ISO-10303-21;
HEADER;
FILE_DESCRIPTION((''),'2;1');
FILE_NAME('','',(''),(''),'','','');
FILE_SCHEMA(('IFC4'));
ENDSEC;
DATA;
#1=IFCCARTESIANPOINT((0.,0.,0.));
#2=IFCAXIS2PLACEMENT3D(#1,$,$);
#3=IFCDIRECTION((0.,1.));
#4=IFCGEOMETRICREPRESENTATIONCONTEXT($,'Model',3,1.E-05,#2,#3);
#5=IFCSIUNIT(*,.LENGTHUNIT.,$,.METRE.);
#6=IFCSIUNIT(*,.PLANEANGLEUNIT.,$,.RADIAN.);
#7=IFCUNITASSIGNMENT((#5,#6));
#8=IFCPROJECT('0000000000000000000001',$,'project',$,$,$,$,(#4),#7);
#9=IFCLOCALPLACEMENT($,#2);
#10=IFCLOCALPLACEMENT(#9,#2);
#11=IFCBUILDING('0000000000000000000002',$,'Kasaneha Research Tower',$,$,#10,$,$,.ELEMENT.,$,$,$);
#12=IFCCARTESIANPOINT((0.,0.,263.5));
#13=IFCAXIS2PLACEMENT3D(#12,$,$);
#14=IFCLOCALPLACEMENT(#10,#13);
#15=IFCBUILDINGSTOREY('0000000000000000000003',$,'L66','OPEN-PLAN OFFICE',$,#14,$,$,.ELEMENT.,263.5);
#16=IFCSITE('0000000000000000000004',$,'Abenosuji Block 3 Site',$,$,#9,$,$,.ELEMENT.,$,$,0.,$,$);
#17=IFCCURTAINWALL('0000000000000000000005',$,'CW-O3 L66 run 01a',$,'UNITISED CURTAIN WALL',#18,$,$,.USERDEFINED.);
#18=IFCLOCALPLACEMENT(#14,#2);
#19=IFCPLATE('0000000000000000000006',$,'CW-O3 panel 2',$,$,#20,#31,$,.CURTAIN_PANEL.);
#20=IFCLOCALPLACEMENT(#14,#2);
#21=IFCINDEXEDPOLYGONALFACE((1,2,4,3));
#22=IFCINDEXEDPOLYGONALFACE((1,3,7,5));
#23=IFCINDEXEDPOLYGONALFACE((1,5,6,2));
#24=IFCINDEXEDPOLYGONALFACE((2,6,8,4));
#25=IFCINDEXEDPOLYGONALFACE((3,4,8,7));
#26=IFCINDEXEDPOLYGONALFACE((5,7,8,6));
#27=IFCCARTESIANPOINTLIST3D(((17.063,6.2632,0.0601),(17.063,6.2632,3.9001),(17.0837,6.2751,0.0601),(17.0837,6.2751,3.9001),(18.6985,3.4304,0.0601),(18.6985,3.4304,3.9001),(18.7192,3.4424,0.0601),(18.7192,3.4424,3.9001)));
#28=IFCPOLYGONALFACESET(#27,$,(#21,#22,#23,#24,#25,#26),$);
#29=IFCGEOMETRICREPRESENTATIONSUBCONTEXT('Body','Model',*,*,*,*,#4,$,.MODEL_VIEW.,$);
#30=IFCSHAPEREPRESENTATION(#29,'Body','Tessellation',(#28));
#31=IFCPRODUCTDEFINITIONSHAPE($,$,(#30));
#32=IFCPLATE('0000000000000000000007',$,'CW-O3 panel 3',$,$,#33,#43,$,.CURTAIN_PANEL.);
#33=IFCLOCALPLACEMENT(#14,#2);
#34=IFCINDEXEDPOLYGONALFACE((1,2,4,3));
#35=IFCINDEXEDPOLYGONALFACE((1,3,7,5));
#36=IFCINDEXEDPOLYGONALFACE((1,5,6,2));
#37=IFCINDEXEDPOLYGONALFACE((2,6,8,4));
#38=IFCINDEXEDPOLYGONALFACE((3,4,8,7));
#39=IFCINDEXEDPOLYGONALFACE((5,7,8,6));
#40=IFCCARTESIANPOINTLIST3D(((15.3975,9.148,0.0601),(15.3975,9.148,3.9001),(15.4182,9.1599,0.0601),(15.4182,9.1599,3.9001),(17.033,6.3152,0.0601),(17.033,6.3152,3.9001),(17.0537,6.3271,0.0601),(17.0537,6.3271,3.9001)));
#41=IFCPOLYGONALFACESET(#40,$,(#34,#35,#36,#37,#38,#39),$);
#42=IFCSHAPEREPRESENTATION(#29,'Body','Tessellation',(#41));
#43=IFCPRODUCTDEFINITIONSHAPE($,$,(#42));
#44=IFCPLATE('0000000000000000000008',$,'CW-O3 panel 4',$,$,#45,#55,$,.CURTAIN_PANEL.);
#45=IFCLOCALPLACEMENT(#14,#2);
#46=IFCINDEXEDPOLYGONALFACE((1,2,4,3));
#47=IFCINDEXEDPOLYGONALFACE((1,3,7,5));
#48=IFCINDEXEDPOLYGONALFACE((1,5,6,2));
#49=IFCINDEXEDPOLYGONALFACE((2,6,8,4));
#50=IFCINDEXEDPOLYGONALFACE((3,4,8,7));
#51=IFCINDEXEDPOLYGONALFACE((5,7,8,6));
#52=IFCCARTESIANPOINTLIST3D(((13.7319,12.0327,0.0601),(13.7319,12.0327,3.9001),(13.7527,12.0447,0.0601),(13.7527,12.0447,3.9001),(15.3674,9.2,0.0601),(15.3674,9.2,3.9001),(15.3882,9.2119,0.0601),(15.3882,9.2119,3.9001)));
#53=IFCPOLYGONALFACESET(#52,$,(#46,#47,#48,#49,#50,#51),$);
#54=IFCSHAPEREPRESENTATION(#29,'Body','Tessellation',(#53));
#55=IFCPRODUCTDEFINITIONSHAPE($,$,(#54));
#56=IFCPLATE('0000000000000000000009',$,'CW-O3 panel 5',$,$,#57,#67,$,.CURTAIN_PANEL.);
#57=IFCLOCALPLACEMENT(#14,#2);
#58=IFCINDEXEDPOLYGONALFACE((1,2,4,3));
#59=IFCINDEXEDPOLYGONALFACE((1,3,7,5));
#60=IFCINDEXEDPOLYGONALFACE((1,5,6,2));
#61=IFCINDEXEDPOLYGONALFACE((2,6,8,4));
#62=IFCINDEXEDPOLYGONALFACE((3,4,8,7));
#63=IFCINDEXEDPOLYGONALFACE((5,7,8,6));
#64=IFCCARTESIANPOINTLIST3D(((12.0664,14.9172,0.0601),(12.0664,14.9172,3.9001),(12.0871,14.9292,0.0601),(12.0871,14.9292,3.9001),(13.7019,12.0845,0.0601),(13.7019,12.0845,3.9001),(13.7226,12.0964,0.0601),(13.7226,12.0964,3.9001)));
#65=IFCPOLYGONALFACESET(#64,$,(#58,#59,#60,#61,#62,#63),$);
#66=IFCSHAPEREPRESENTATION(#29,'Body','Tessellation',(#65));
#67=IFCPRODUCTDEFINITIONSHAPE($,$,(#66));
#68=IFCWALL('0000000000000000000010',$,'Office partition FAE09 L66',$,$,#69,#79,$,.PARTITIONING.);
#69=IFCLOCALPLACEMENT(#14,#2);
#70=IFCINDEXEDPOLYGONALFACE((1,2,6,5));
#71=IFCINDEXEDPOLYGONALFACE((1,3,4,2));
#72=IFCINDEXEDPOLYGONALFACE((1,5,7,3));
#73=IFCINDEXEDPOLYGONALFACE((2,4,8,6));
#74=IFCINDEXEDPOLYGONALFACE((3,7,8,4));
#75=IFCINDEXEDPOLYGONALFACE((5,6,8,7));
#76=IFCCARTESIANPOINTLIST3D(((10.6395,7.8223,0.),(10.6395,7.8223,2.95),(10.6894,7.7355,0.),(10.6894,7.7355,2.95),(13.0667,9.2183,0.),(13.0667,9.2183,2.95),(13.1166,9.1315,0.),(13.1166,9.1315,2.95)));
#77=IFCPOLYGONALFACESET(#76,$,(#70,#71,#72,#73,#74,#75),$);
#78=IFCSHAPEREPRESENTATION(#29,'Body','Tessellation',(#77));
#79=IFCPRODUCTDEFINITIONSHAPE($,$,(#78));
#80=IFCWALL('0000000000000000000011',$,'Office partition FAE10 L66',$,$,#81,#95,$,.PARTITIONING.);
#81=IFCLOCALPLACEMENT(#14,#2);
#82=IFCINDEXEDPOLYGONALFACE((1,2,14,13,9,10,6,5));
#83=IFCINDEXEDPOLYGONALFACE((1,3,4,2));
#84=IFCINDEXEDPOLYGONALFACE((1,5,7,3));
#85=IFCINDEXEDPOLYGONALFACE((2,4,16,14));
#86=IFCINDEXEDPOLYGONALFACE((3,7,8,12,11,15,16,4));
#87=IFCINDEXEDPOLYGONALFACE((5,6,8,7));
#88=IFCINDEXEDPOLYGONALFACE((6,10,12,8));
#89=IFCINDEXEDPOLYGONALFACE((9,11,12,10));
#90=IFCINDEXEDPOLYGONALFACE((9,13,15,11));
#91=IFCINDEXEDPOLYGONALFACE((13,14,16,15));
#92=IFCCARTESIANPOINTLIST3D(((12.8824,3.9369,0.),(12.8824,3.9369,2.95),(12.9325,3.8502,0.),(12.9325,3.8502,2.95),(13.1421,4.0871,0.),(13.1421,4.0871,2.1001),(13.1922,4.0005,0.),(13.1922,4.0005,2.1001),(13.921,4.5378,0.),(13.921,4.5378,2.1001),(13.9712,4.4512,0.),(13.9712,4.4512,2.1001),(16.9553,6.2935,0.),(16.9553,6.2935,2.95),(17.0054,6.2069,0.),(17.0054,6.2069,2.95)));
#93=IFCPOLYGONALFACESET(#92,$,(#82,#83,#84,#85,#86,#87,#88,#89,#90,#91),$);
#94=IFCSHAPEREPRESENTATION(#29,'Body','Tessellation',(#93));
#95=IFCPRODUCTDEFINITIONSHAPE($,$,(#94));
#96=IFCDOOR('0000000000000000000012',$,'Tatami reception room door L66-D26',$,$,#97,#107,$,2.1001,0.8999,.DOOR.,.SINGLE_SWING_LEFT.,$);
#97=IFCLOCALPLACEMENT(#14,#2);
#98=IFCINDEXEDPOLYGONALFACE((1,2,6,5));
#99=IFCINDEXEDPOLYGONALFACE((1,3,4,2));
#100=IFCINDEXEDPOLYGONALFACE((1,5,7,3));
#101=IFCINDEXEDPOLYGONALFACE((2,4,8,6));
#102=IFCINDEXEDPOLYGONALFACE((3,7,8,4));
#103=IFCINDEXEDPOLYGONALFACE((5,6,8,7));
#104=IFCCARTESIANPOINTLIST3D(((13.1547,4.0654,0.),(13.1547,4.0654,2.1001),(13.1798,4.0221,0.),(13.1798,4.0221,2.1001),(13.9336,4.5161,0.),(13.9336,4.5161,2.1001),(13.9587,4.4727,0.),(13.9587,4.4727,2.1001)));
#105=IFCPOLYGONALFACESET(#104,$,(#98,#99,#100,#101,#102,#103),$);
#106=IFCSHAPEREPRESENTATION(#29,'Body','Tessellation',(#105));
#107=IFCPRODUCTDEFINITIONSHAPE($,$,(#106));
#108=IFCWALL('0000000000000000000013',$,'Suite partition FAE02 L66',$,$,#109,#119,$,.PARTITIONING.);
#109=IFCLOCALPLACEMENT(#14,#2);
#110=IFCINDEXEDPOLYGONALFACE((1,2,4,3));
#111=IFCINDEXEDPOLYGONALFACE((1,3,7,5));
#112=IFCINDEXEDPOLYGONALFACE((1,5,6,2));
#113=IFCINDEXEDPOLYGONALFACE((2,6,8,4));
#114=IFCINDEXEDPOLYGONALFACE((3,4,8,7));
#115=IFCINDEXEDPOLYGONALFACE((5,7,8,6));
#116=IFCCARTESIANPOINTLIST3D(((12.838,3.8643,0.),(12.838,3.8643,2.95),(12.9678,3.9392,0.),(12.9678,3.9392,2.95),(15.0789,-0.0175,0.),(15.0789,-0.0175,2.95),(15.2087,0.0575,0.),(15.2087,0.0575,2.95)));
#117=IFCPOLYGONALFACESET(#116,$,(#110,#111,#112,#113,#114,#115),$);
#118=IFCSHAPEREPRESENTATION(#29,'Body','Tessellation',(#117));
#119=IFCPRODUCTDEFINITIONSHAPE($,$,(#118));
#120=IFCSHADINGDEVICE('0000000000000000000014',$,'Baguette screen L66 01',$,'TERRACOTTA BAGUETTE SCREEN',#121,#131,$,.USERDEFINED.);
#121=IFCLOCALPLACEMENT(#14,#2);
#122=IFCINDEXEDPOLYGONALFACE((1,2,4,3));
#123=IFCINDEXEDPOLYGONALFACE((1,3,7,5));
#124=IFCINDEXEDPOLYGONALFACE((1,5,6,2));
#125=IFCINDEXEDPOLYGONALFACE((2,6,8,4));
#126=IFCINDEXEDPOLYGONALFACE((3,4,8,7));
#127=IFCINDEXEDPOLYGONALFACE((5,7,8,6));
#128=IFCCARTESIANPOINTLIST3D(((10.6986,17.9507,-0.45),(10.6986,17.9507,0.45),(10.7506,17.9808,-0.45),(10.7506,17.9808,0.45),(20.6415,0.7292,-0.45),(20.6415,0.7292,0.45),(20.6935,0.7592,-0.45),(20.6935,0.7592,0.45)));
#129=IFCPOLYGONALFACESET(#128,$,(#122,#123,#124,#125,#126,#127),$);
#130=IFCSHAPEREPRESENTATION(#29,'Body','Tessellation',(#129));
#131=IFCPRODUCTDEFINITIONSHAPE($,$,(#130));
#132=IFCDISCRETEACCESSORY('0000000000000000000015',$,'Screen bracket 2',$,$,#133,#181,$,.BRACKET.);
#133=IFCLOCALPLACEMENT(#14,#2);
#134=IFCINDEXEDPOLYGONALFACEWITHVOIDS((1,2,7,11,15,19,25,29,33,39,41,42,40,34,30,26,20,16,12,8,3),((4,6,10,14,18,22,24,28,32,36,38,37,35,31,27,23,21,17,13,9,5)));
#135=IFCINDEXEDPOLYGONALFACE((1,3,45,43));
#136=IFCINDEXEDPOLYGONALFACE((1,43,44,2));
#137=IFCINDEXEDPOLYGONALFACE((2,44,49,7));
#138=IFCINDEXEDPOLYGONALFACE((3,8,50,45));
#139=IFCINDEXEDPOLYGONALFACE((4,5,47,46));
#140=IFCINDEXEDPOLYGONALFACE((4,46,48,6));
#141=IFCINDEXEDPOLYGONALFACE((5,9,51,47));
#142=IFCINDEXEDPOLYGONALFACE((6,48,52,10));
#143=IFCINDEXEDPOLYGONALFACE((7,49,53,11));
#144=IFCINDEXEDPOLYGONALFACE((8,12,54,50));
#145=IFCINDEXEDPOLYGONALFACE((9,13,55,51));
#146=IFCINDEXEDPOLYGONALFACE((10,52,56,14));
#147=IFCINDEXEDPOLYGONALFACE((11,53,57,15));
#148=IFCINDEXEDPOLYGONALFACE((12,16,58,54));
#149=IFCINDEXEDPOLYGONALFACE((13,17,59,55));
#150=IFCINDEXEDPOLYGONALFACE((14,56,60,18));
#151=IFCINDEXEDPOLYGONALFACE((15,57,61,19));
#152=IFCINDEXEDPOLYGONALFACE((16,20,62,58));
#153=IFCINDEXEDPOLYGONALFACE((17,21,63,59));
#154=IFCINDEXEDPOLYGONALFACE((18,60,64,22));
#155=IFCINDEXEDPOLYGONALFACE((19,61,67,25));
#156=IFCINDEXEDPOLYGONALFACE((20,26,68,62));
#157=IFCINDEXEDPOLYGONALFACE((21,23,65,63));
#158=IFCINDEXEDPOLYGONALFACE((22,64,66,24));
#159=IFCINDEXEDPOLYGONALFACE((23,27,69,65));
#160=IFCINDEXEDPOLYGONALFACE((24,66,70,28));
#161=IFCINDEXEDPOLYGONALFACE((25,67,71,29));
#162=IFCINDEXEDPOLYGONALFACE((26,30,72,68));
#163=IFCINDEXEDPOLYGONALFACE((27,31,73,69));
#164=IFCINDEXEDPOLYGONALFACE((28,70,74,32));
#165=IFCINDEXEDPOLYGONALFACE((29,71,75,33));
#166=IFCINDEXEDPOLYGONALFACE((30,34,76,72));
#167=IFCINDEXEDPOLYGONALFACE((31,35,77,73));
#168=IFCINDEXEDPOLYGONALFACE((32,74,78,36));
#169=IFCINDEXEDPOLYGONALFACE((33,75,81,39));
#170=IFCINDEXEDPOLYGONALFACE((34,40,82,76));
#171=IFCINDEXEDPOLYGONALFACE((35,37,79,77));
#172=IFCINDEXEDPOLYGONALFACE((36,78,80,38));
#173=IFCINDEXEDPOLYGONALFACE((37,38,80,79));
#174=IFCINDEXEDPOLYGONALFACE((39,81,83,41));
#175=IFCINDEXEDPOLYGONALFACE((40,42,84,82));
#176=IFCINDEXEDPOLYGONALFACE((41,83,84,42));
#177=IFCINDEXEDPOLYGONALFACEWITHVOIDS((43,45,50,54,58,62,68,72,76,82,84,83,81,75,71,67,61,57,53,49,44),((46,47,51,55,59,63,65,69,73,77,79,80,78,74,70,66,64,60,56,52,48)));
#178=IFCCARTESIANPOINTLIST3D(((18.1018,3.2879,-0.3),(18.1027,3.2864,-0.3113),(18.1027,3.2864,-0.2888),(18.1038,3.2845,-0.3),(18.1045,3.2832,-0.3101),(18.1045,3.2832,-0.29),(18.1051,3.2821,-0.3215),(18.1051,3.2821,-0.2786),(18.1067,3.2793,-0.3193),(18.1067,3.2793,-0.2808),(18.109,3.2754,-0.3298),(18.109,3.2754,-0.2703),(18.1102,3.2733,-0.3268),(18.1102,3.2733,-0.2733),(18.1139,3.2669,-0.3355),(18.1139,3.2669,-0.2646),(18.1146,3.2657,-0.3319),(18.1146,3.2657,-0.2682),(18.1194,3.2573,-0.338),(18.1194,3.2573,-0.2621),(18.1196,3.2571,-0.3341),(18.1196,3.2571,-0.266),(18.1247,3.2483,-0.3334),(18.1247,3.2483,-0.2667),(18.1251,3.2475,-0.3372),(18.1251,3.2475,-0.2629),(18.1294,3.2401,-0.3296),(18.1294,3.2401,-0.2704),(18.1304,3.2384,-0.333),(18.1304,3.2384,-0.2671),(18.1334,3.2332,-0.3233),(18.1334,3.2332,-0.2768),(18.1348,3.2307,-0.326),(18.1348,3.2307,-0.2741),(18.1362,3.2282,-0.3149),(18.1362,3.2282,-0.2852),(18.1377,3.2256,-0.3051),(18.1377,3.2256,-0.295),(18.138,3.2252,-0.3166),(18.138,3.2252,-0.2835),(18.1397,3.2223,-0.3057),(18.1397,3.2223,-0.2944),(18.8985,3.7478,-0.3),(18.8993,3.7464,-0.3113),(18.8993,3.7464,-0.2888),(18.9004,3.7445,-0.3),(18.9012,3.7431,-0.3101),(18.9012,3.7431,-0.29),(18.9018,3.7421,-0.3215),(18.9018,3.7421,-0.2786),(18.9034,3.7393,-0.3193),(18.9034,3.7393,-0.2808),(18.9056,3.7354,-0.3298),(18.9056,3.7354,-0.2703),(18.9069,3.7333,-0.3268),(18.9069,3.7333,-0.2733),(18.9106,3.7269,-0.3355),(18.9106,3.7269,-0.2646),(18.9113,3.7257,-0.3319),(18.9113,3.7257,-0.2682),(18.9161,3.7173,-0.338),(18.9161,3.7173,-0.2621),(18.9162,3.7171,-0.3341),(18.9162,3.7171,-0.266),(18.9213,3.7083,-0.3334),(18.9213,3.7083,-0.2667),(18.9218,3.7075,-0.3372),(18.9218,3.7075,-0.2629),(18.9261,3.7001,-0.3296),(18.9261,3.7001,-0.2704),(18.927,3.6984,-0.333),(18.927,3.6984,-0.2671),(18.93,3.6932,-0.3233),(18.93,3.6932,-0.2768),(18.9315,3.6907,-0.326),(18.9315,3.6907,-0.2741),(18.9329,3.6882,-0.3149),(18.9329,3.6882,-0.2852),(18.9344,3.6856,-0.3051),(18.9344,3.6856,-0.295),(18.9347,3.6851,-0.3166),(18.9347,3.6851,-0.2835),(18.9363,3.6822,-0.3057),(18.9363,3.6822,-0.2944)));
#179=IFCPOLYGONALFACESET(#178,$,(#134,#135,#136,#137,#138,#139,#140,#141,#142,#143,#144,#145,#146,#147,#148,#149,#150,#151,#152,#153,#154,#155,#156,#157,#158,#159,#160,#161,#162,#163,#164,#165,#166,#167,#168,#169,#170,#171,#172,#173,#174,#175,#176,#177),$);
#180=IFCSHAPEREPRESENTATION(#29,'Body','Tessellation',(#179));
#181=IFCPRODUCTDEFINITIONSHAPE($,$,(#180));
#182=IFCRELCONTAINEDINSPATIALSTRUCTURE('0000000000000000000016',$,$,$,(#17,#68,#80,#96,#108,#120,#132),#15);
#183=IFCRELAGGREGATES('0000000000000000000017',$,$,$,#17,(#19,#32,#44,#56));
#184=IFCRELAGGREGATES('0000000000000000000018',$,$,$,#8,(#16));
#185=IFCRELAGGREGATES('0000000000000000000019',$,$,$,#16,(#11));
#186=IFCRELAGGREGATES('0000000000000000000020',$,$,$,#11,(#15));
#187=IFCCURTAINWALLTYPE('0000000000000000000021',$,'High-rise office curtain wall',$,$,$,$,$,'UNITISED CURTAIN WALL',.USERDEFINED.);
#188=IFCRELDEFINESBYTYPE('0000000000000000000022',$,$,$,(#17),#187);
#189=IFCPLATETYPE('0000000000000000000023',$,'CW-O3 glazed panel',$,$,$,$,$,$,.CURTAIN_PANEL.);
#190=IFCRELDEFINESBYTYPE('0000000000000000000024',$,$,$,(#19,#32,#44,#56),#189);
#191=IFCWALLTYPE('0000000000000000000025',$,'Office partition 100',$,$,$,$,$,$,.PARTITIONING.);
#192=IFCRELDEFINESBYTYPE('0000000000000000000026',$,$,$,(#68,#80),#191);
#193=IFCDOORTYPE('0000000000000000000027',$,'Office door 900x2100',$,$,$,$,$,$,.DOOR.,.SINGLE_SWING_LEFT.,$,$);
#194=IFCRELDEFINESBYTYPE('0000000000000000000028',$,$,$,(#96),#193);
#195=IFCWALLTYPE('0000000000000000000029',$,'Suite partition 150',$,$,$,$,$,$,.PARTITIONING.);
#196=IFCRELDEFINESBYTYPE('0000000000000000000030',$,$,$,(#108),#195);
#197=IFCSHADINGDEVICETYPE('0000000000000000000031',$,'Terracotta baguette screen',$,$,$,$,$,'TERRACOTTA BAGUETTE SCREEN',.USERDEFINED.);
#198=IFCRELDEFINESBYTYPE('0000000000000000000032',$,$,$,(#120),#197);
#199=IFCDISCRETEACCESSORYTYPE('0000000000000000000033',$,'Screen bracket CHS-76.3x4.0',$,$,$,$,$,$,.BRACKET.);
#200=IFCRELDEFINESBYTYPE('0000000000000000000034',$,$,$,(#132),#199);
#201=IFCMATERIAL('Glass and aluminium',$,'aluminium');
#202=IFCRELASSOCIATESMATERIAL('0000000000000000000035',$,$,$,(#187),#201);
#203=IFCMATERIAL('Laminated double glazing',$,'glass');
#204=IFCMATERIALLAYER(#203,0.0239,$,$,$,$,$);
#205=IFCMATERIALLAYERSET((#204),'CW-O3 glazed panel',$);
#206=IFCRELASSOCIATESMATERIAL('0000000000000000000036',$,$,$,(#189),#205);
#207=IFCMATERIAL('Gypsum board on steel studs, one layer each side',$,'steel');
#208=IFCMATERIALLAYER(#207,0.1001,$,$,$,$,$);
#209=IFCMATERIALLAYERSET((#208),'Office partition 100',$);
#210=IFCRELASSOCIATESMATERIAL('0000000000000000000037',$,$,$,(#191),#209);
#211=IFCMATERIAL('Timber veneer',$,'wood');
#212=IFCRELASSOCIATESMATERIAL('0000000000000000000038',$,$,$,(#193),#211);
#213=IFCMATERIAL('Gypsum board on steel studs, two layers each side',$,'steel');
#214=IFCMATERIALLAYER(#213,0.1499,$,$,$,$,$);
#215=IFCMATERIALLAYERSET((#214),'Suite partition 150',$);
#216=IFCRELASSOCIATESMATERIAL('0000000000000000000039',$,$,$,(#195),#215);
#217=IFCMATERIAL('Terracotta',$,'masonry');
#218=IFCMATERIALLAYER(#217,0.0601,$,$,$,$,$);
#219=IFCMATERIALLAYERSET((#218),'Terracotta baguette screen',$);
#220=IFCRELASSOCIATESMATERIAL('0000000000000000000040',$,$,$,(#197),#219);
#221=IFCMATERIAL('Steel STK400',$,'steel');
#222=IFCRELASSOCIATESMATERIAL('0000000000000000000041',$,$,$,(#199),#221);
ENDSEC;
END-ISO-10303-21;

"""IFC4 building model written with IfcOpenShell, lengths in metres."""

from ifc_helpers import new_model, si_unit, direction, frame, frame_2d, origin, origin_2d, place, context, subcontext, project, spatial, rectangle, hollow_circle, extrude, material, layer, layer_set, material_profile, profile_set, type_object, element, fill, aggregate, save


model = new_model("IFC4")

# Units and contexts
model_context = context("Model", 3, precision=1e-05, world=origin(), true_north=direction((0.0, 1.0)))
body_context = subcontext(model_context, "Body", "Model", "MODEL_VIEW")
ifc_project = project(units=[si_unit("LENGTHUNIT", "METRE"), si_unit("PLANEANGLEUNIT", "RADIAN")], contexts=[model_context])

# Site, building, storey
site_placement = place(None, origin())
site = spatial("IfcSite", under=ifc_project, at=site_placement, Name="Abenosuji Block 3 Site", CompositionType="ELEMENT", RefElevation=0.0)
building_placement = place(site_placement, origin())
building = spatial("IfcBuilding", under=site, at=building_placement, Name="Kasaneha Research Tower", CompositionType="ELEMENT")
storey_placement = place(building_placement, frame((0.0, 0.0, 263.5)))
storey = spatial("IfcBuildingStorey", under=building, at=storey_placement, Name="L66", Description="OPEN-PLAN OFFICE", CompositionType="ELEMENT", Elevation=263.5)

# Curtain wall, plates
ifc_material_1 = material(Name="Glass and aluminium", Category="aluminium")
curtain_wall_type = type_object("IfcCurtainWallType", Name="High-rise office curtain wall", ElementType="UNITISED CURTAIN WALL", PredefinedType="USERDEFINED", material=ifc_material_1)
curtain_wall_placement = place(storey_placement, origin())
curtain_wall = element("IfcCurtainWall", 1, at=curtain_wall_placement, inside=storey, type_object=curtain_wall_type, Name="CW-O3 L66 run 01a", ObjectType="UNITISED CURTAIN WALL", PredefinedType="USERDEFINED")
ifc_material_2 = material(Name="Laminated double glazing", Category="glass")
ifc_layer_1 = layer(ifc_material_2, 0.0239)
ifc_layer_set_1 = layer_set([ifc_layer_1], Name="CW-O3 glazed panel")
plate_type = type_object("IfcPlateType", Name="CW-O3 glazed panel", PredefinedType="CURTAIN_PANEL", material=ifc_layer_set_1)
plate_1_placement = place(storey_placement, frame((17.8911, 4.8528, 0.0601), z_axis=(0.0, 0.0, 1.0), x_axis=(-0.5, 0.866025, 0.0)))
plate_1 = element("IfcPlate", 2, at=plate_1_placement, type_object=plate_type, Name="CW-O3 panel 2", PredefinedType="CURTAIN_PANEL", context=body_context, shape_type="SweptSolid", body=[
    extrude(rectangle(XDim=3.271, YDim=0.0239, at=origin_2d()), origin(), (0.0, 0.0, 1.0), 3.8401),
])
plate_2_placement = place(storey_placement, frame((16.2256, 7.7375, 0.0601), z_axis=(0.0, 0.0, 1.0), x_axis=(-0.5, 0.866025, 0.0)))
plate_2 = element("IfcPlate", 3, at=plate_2_placement, type_object=plate_type, Name="CW-O3 panel 3", PredefinedType="CURTAIN_PANEL", context=body_context, shape_type="SweptSolid", body=[
    extrude(rectangle(XDim=3.271, YDim=0.0239, at=origin_2d()), origin(), (0.0, 0.0, 1.0), 3.8401),
])
plate_3_placement = place(storey_placement, frame((14.5601, 10.6223, 0.0601), z_axis=(0.0, 0.0, 1.0), x_axis=(-0.5, 0.866025, 0.0)))
plate_3 = element("IfcPlate", 4, at=plate_3_placement, type_object=plate_type, Name="CW-O3 panel 4", PredefinedType="CURTAIN_PANEL", context=body_context, shape_type="SweptSolid", body=[
    extrude(rectangle(XDim=3.271, YDim=0.0239, at=origin_2d()), origin(), (0.0, 0.0, 1.0), 3.8401),
])
plate_4_placement = place(storey_placement, frame((12.8945, 13.5068, 0.0601), z_axis=(0.0, 0.0, 1.0), x_axis=(-0.5, 0.866025, 0.0)))
plate_4 = element("IfcPlate", 5, at=plate_4_placement, type_object=plate_type, Name="CW-O3 panel 5", PredefinedType="CURTAIN_PANEL", context=body_context, shape_type="SweptSolid", body=[
    extrude(rectangle(XDim=3.271, YDim=0.0239, at=origin_2d()), origin(), (0.0, 0.0, 1.0), 3.8401),
])
aggregate(curtain_wall, [plate_1, plate_2, plate_3, plate_4])

# Wall
ifc_material_3 = material(Name="Gypsum board on steel studs, one layer each side", Category="steel")
ifc_layer_2 = layer(ifc_material_3, 0.1001)
ifc_layer_set_2 = layer_set([ifc_layer_2], Name="Office partition 100")
wall_type_1 = type_object("IfcWallType", Name="Office partition 100", PredefinedType="PARTITIONING", material=ifc_layer_set_2)
wall_1_placement = place(storey_placement, frame((13.0916, 9.1748, 0.0), z_axis=(0.0, 0.0, 1.0), x_axis=(-0.866855, -0.49856, 0.0)))
element("IfcWall", 6, at=wall_1_placement, inside=storey, type_object=wall_type_1, Name="Office partition FAE09 L66", PredefinedType="PARTITIONING", context=body_context, shape_type="SweptSolid", body=[
    extrude(rectangle(XDim=2.8, YDim=0.1001, at=frame_2d((1.3999, 0.0))), origin(), (0.0, 0.0, 1.0), 2.95),
])

# Wall, opening, door
wall_2_placement = place(storey_placement, frame((12.9075, 3.8936, 0.0), z_axis=(0.0, 0.0, 1.0), x_axis=(0.865552, 0.500819, 0.0)))
wall_2 = element("IfcWall", 7, at=wall_2_placement, inside=storey, type_object=wall_type_1, Name="Office partition FAE10 L66", PredefinedType="PARTITIONING", context=body_context, shape_type="SweptSolid", body=[
    extrude(rectangle(XDim=4.7056, YDim=0.1001, at=frame_2d((2.3528, 0.0))), origin(), (0.0, 0.0, 1.0), 2.95),
])
opening_placement = place(wall_2_placement, frame((0.3, 0.0, 0.0)))
opening = element("IfcOpeningElement", 8, at=opening_placement, cuts=wall_2, PredefinedType="OPENING", context=body_context, shape_type="SweptSolid", body=[
    extrude(rectangle(XDim=0.8999, YDim=2.1001, at=frame_2d((0.45, 1.05))), frame((0.0, 0.0601, 0.0), z_axis=(0.0, -1.0, 0.0), x_axis=(1.0, 0.0, 0.0)), (0.0, 0.0, 1.0), 0.1201),
])
ifc_material_4 = material(Name="Timber veneer", Category="wood")
door_type = type_object("IfcDoorType", Name="Office door 900x2100", OperationType="SINGLE_SWING_LEFT", PredefinedType="DOOR", material=ifc_material_4)
door_placement = place(opening_placement, origin())
door = element("IfcDoor", 9, at=door_placement, inside=storey, type_object=door_type, Name="Tatami reception room door L66-D26", OperationType="SINGLE_SWING_LEFT", OverallHeight=2.1001, OverallWidth=0.8999, PredefinedType="DOOR", context=body_context, shape_type="SweptSolid", body=[
    extrude(rectangle(XDim=0.8999, YDim=2.1001, at=frame_2d((0.45, 1.05))), frame((0.0, 0.0249, 0.0), z_axis=(0.0, -1.0, 0.0), x_axis=(1.0, 0.0, 0.0)), (0.0, 0.0, 1.0), 0.05),
])
fill(opening, door)

# Wall
ifc_material_5 = material(Name="Gypsum board on steel studs, two layers each side", Category="steel")
ifc_layer_3 = layer(ifc_material_5, 0.1499)
ifc_layer_set_3 = layer_set([ifc_layer_3], Name="Suite partition 150")
wall_type_2 = type_object("IfcWallType", Name="Suite partition 150", PredefinedType="PARTITIONING", material=ifc_layer_set_3)
wall_3_placement = place(storey_placement, frame((12.9028, 3.9019, 0.0), z_axis=(0.0, 0.0, 1.0), x_axis=(0.499964, -0.866046, 0.0)))
element("IfcWall", 10, at=wall_3_placement, inside=storey, type_object=wall_type_2, Name="Suite partition FAE02 L66", PredefinedType="PARTITIONING", context=body_context, shape_type="SweptSolid", body=[
    extrude(rectangle(XDim=4.4822, YDim=0.1499, at=frame_2d((2.2412, 0.0))), origin(), (0.0, 0.0, 1.0), 2.95),
])

# Shading device
ifc_material_6 = material(Name="Terracotta", Category="masonry")
ifc_layer_4 = layer(ifc_material_6, 0.0601)
ifc_layer_set_4 = layer_set([ifc_layer_4], Name="Terracotta baguette screen")
shading_device_type = type_object("IfcShadingDeviceType", Name="Terracotta baguette screen", ElementType="TERRACOTTA BAGUETTE SCREEN", PredefinedType="USERDEFINED", material=ifc_layer_set_4)
shading_device_placement = place(storey_placement, frame((15.696, 9.355, -0.45), z_axis=(0.0, 0.0, 1.0), x_axis=(-0.5, 0.866025, 0.0)))
element("IfcShadingDevice", 11, at=shading_device_placement, inside=storey, type_object=shading_device_type, Name="Baguette screen L66 01", ObjectType="TERRACOTTA BAGUETTE SCREEN", PredefinedType="USERDEFINED", context=body_context, shape_type="SweptSolid", body=[
    extrude(rectangle(XDim=19.8857, YDim=0.0601, at=origin_2d()), origin(), (0.0, 0.0, 1.0), 0.8999),
])

# Discrete accessory
ifc_material_7 = material(Name="Steel STK400", Category="steel")
ifc_material_profile_1 = material_profile(ifc_material_7, hollow_circle(Radius=0.0381, WallThickness=0.0039, at=origin_2d()), Name="CHS-76.3x4.0")
ifc_profile_set_1 = profile_set([ifc_material_profile_1], Name="Steel STK400")
discrete_accessory_type = type_object("IfcDiscreteAccessoryType", Name="Screen bracket CHS-76.3x4.0", PredefinedType="BRACKET", material=ifc_profile_set_1)
for number, where, z_axis, x_axis, name in (
    (12, (18.1208, 3.2549, -0.3), (0.866013, 0.500021, 0.0), (-0.500021, 0.866013, 0.0), "Screen bracket 2"),
):
    element("IfcDiscreteAccessory", number, at=place(storey_placement, frame(where, z_axis=z_axis, x_axis=x_axis)), inside=storey, type_object=discrete_accessory_type, Name=name, PredefinedType="BRACKET", context=body_context, shape_type="SweptSolid", body=[
        extrude(hollow_circle(Radius=0.0381, WallThickness=0.0039, at=origin_2d()), origin(), (0.0, 0.0, 1.0), 0.9199),
    ])

save(model, "model.ifc")
